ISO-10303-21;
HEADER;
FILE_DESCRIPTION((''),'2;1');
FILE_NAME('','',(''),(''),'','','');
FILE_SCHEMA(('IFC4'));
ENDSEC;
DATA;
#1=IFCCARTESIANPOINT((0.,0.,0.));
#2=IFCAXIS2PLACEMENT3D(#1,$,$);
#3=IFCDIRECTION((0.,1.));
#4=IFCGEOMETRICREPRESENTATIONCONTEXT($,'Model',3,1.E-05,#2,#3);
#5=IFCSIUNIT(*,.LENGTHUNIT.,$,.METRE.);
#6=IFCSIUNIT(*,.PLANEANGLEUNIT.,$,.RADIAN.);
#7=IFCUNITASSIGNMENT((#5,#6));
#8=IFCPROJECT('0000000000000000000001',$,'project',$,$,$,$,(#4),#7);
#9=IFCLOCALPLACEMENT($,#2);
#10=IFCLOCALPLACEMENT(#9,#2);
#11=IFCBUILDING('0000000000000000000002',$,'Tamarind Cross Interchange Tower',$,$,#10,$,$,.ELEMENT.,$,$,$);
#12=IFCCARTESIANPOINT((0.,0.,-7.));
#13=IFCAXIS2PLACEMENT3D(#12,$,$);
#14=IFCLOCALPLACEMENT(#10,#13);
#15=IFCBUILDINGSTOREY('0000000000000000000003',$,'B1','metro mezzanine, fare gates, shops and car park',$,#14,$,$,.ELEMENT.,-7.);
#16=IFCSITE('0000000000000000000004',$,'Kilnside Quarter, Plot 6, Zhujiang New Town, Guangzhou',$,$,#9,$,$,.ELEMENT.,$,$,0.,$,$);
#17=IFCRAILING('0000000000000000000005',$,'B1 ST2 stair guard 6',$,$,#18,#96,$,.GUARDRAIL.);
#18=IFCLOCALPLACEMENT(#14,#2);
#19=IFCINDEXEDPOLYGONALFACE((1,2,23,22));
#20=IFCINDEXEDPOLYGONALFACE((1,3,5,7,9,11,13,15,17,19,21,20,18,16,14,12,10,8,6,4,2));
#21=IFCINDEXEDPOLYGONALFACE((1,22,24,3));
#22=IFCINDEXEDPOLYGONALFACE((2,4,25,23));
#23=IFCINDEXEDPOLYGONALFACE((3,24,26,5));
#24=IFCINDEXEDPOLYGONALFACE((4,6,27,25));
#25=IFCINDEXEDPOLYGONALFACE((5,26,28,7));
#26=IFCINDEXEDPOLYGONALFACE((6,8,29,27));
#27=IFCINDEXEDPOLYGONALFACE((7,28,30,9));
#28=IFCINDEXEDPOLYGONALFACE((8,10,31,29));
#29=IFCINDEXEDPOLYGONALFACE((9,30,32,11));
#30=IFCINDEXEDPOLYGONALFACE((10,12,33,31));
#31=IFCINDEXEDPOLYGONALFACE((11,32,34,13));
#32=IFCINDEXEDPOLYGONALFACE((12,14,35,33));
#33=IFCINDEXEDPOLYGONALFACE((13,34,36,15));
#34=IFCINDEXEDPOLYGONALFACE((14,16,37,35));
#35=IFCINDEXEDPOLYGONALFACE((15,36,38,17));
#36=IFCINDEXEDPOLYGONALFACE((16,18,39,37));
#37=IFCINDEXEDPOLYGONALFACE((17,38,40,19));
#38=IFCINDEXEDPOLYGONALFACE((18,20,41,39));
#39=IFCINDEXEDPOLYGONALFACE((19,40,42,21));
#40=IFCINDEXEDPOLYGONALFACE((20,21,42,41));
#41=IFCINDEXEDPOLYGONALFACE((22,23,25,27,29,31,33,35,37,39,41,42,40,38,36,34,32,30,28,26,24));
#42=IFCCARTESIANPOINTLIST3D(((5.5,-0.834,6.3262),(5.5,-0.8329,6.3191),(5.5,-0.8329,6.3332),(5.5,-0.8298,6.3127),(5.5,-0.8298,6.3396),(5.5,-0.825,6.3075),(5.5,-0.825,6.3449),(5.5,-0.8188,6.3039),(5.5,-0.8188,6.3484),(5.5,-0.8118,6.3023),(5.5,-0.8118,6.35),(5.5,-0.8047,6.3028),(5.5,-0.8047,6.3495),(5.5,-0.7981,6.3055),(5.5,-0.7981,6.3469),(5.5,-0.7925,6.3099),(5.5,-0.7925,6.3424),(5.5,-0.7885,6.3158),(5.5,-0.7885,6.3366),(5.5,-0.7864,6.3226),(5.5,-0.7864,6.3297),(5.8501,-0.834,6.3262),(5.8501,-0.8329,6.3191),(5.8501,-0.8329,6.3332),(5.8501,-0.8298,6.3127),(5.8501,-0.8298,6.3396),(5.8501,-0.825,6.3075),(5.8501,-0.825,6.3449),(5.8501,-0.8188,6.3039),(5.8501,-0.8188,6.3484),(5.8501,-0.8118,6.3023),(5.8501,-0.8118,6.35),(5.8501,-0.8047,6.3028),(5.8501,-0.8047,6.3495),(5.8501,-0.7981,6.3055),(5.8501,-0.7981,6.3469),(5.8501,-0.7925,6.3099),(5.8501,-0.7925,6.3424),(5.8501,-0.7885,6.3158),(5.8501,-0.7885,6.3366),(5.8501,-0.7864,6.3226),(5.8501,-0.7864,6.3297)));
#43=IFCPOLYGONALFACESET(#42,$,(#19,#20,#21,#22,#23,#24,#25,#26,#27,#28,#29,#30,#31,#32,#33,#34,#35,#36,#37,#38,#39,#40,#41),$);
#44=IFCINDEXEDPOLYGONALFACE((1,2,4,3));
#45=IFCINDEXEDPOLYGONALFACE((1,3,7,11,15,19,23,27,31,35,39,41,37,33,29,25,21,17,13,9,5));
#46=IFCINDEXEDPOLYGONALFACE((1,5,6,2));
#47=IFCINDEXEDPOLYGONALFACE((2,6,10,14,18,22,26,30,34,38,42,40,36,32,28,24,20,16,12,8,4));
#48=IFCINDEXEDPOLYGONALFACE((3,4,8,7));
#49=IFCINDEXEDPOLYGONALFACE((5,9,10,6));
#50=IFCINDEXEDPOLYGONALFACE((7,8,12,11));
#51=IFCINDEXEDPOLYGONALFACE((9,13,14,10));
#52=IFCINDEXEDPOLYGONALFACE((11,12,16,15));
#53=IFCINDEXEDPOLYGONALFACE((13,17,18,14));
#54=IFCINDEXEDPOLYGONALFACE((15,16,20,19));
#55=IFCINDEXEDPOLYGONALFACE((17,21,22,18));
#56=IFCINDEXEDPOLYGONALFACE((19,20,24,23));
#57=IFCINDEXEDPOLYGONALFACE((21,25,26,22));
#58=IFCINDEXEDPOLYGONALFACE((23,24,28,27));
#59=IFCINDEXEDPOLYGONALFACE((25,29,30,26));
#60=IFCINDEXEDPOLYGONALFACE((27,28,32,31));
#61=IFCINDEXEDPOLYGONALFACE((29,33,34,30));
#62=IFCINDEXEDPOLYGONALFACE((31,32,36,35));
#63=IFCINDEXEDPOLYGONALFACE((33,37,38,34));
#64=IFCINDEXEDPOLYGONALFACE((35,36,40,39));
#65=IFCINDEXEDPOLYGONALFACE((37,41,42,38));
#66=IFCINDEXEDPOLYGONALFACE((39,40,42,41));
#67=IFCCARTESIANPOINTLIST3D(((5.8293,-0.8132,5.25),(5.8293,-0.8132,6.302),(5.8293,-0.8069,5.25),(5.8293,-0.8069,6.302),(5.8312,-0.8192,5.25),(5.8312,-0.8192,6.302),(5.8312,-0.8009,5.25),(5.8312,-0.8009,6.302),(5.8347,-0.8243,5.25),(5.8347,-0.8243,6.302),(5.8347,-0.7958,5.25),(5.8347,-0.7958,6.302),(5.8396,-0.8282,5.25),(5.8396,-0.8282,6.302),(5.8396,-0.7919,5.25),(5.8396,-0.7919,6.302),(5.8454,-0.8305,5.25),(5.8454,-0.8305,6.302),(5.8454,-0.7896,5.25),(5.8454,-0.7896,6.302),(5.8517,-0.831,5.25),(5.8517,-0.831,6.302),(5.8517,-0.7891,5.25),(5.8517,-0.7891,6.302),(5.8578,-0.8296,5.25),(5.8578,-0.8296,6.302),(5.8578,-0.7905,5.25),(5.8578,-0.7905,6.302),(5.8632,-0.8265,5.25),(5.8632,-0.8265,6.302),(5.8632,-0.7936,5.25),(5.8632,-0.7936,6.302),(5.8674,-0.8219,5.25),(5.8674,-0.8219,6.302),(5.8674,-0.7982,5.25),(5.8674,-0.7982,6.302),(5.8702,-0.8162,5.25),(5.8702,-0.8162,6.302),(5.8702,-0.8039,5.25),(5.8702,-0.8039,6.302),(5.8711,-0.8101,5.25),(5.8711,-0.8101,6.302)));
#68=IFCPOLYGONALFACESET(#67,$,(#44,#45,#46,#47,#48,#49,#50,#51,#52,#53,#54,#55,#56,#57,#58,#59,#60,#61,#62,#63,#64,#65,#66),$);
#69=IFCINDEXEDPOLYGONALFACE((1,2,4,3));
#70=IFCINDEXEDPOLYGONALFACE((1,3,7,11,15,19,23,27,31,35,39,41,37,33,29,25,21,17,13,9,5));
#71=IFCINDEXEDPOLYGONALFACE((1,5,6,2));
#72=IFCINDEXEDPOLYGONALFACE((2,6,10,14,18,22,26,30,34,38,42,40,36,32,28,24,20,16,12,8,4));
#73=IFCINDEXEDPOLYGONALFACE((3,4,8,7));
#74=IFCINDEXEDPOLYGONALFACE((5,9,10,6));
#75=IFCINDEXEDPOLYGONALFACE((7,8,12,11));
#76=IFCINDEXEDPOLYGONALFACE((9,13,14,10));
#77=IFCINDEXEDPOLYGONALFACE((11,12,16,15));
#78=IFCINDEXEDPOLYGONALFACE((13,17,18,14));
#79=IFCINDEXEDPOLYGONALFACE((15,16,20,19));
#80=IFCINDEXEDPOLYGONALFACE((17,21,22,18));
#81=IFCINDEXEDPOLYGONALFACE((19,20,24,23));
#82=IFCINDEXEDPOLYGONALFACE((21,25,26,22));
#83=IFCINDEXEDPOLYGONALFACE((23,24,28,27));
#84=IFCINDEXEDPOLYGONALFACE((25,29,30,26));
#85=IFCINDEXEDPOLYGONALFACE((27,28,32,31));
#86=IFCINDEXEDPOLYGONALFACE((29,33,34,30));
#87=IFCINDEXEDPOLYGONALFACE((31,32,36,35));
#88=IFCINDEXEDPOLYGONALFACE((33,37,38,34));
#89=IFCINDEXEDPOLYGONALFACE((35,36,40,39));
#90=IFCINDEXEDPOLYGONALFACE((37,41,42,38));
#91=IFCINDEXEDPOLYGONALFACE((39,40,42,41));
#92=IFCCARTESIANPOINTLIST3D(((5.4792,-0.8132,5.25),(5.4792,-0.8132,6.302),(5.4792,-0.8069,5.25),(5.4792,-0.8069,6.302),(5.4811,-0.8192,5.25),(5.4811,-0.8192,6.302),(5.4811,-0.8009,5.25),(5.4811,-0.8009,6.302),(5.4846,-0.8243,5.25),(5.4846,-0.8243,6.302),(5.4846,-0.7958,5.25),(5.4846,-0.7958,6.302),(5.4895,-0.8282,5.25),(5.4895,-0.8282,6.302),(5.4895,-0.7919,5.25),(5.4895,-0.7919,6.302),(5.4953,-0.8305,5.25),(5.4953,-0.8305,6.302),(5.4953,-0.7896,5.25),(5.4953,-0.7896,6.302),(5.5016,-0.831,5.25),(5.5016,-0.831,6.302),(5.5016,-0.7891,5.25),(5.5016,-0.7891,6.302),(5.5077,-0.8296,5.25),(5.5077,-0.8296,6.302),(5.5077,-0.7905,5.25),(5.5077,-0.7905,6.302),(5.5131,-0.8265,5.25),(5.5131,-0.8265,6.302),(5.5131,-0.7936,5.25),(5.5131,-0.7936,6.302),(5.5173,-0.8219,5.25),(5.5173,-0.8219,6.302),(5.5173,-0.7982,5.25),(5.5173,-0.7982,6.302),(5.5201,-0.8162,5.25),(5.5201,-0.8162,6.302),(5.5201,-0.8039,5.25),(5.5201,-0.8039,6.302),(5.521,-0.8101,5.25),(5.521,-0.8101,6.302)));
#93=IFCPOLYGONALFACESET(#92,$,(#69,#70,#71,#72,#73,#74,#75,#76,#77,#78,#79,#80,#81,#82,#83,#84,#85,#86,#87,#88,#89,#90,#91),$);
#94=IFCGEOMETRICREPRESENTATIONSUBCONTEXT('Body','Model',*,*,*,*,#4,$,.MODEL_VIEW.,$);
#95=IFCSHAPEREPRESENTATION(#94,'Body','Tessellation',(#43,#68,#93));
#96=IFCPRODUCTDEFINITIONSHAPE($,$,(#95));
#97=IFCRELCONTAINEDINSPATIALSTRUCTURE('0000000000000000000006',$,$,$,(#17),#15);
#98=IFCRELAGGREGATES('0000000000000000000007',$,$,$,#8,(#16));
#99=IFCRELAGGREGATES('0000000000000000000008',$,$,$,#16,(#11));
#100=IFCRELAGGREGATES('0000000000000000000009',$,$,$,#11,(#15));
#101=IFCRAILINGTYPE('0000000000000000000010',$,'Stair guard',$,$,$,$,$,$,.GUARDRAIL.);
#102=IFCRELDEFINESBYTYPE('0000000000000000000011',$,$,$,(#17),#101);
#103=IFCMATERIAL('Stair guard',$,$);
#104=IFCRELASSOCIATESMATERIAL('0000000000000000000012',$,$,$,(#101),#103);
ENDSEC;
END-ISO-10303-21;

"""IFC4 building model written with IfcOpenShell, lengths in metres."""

from ifc_helpers import new_model, si_unit, direction, frame, origin, origin_2d, place, context, subcontext, project, spatial, circle, extrude, material, type_object, element, save


model = new_model("IFC4")

# Units and contexts
model_context = context("Model", 3, precision=1e-05, world=origin(), true_north=direction((0.0, 1.0)))
body_context = subcontext(model_context, "Body", "Model", "MODEL_VIEW")
ifc_project = project(units=[si_unit("LENGTHUNIT", "METRE"), si_unit("PLANEANGLEUNIT", "RADIAN")], contexts=[model_context])

# Site, building, storey
site_placement = place(None, origin())
site = spatial("IfcSite", under=ifc_project, at=site_placement, Name="Kilnside Quarter, Plot 6, Zhujiang New Town, Guangzhou", CompositionType="ELEMENT", RefElevation=0.0)
building_placement = place(site_placement, origin())
building = spatial("IfcBuilding", under=site, at=building_placement, Name="Tamarind Cross Interchange Tower", CompositionType="ELEMENT")
storey_placement = place(building_placement, frame((0.0, 0.0, -7.0)))
storey = spatial("IfcBuildingStorey", under=building, at=storey_placement, Name="B1", Description="metro mezzanine, fare gates, shops and car park", CompositionType="ELEMENT", Elevation=-7.0)

# Railing
ifc_material_1 = material(Name="Stair guard")
railing_type_1 = type_object("IfcRailingType", Name="Stair guard", PredefinedType="GUARDRAIL", material=ifc_material_1)
railing_1_placement = place(storey_placement, frame((5.8501, -0.8101, 5.25)))
element("IfcRailing", 1, at=railing_1_placement, inside=storey, type_object=railing_type_1, Name="B1 ST2 stair guard 6", PredefinedType="GUARDRAIL", context=body_context, shape_type="SweptSolid", body=[
    extrude(circle(Radius=0.0239, at=origin_2d()), frame((0.0, 0.0, 1.0762), z_axis=(-1.0, 0.0, 0.0), x_axis=(0.0, -1.0, 0.0)), (0.0, 0.0, 1.0), 0.3501),
    extrude(circle(Radius=0.021, at=origin_2d()), origin(), (0.0, 0.0, 1.0), 1.052),
    extrude(circle(Radius=0.021, at=origin_2d()), frame((-0.3501, 0.0, 0.0)), (0.0, 0.0, 1.0), 1.052),
])

save(model, "model.ifc")
